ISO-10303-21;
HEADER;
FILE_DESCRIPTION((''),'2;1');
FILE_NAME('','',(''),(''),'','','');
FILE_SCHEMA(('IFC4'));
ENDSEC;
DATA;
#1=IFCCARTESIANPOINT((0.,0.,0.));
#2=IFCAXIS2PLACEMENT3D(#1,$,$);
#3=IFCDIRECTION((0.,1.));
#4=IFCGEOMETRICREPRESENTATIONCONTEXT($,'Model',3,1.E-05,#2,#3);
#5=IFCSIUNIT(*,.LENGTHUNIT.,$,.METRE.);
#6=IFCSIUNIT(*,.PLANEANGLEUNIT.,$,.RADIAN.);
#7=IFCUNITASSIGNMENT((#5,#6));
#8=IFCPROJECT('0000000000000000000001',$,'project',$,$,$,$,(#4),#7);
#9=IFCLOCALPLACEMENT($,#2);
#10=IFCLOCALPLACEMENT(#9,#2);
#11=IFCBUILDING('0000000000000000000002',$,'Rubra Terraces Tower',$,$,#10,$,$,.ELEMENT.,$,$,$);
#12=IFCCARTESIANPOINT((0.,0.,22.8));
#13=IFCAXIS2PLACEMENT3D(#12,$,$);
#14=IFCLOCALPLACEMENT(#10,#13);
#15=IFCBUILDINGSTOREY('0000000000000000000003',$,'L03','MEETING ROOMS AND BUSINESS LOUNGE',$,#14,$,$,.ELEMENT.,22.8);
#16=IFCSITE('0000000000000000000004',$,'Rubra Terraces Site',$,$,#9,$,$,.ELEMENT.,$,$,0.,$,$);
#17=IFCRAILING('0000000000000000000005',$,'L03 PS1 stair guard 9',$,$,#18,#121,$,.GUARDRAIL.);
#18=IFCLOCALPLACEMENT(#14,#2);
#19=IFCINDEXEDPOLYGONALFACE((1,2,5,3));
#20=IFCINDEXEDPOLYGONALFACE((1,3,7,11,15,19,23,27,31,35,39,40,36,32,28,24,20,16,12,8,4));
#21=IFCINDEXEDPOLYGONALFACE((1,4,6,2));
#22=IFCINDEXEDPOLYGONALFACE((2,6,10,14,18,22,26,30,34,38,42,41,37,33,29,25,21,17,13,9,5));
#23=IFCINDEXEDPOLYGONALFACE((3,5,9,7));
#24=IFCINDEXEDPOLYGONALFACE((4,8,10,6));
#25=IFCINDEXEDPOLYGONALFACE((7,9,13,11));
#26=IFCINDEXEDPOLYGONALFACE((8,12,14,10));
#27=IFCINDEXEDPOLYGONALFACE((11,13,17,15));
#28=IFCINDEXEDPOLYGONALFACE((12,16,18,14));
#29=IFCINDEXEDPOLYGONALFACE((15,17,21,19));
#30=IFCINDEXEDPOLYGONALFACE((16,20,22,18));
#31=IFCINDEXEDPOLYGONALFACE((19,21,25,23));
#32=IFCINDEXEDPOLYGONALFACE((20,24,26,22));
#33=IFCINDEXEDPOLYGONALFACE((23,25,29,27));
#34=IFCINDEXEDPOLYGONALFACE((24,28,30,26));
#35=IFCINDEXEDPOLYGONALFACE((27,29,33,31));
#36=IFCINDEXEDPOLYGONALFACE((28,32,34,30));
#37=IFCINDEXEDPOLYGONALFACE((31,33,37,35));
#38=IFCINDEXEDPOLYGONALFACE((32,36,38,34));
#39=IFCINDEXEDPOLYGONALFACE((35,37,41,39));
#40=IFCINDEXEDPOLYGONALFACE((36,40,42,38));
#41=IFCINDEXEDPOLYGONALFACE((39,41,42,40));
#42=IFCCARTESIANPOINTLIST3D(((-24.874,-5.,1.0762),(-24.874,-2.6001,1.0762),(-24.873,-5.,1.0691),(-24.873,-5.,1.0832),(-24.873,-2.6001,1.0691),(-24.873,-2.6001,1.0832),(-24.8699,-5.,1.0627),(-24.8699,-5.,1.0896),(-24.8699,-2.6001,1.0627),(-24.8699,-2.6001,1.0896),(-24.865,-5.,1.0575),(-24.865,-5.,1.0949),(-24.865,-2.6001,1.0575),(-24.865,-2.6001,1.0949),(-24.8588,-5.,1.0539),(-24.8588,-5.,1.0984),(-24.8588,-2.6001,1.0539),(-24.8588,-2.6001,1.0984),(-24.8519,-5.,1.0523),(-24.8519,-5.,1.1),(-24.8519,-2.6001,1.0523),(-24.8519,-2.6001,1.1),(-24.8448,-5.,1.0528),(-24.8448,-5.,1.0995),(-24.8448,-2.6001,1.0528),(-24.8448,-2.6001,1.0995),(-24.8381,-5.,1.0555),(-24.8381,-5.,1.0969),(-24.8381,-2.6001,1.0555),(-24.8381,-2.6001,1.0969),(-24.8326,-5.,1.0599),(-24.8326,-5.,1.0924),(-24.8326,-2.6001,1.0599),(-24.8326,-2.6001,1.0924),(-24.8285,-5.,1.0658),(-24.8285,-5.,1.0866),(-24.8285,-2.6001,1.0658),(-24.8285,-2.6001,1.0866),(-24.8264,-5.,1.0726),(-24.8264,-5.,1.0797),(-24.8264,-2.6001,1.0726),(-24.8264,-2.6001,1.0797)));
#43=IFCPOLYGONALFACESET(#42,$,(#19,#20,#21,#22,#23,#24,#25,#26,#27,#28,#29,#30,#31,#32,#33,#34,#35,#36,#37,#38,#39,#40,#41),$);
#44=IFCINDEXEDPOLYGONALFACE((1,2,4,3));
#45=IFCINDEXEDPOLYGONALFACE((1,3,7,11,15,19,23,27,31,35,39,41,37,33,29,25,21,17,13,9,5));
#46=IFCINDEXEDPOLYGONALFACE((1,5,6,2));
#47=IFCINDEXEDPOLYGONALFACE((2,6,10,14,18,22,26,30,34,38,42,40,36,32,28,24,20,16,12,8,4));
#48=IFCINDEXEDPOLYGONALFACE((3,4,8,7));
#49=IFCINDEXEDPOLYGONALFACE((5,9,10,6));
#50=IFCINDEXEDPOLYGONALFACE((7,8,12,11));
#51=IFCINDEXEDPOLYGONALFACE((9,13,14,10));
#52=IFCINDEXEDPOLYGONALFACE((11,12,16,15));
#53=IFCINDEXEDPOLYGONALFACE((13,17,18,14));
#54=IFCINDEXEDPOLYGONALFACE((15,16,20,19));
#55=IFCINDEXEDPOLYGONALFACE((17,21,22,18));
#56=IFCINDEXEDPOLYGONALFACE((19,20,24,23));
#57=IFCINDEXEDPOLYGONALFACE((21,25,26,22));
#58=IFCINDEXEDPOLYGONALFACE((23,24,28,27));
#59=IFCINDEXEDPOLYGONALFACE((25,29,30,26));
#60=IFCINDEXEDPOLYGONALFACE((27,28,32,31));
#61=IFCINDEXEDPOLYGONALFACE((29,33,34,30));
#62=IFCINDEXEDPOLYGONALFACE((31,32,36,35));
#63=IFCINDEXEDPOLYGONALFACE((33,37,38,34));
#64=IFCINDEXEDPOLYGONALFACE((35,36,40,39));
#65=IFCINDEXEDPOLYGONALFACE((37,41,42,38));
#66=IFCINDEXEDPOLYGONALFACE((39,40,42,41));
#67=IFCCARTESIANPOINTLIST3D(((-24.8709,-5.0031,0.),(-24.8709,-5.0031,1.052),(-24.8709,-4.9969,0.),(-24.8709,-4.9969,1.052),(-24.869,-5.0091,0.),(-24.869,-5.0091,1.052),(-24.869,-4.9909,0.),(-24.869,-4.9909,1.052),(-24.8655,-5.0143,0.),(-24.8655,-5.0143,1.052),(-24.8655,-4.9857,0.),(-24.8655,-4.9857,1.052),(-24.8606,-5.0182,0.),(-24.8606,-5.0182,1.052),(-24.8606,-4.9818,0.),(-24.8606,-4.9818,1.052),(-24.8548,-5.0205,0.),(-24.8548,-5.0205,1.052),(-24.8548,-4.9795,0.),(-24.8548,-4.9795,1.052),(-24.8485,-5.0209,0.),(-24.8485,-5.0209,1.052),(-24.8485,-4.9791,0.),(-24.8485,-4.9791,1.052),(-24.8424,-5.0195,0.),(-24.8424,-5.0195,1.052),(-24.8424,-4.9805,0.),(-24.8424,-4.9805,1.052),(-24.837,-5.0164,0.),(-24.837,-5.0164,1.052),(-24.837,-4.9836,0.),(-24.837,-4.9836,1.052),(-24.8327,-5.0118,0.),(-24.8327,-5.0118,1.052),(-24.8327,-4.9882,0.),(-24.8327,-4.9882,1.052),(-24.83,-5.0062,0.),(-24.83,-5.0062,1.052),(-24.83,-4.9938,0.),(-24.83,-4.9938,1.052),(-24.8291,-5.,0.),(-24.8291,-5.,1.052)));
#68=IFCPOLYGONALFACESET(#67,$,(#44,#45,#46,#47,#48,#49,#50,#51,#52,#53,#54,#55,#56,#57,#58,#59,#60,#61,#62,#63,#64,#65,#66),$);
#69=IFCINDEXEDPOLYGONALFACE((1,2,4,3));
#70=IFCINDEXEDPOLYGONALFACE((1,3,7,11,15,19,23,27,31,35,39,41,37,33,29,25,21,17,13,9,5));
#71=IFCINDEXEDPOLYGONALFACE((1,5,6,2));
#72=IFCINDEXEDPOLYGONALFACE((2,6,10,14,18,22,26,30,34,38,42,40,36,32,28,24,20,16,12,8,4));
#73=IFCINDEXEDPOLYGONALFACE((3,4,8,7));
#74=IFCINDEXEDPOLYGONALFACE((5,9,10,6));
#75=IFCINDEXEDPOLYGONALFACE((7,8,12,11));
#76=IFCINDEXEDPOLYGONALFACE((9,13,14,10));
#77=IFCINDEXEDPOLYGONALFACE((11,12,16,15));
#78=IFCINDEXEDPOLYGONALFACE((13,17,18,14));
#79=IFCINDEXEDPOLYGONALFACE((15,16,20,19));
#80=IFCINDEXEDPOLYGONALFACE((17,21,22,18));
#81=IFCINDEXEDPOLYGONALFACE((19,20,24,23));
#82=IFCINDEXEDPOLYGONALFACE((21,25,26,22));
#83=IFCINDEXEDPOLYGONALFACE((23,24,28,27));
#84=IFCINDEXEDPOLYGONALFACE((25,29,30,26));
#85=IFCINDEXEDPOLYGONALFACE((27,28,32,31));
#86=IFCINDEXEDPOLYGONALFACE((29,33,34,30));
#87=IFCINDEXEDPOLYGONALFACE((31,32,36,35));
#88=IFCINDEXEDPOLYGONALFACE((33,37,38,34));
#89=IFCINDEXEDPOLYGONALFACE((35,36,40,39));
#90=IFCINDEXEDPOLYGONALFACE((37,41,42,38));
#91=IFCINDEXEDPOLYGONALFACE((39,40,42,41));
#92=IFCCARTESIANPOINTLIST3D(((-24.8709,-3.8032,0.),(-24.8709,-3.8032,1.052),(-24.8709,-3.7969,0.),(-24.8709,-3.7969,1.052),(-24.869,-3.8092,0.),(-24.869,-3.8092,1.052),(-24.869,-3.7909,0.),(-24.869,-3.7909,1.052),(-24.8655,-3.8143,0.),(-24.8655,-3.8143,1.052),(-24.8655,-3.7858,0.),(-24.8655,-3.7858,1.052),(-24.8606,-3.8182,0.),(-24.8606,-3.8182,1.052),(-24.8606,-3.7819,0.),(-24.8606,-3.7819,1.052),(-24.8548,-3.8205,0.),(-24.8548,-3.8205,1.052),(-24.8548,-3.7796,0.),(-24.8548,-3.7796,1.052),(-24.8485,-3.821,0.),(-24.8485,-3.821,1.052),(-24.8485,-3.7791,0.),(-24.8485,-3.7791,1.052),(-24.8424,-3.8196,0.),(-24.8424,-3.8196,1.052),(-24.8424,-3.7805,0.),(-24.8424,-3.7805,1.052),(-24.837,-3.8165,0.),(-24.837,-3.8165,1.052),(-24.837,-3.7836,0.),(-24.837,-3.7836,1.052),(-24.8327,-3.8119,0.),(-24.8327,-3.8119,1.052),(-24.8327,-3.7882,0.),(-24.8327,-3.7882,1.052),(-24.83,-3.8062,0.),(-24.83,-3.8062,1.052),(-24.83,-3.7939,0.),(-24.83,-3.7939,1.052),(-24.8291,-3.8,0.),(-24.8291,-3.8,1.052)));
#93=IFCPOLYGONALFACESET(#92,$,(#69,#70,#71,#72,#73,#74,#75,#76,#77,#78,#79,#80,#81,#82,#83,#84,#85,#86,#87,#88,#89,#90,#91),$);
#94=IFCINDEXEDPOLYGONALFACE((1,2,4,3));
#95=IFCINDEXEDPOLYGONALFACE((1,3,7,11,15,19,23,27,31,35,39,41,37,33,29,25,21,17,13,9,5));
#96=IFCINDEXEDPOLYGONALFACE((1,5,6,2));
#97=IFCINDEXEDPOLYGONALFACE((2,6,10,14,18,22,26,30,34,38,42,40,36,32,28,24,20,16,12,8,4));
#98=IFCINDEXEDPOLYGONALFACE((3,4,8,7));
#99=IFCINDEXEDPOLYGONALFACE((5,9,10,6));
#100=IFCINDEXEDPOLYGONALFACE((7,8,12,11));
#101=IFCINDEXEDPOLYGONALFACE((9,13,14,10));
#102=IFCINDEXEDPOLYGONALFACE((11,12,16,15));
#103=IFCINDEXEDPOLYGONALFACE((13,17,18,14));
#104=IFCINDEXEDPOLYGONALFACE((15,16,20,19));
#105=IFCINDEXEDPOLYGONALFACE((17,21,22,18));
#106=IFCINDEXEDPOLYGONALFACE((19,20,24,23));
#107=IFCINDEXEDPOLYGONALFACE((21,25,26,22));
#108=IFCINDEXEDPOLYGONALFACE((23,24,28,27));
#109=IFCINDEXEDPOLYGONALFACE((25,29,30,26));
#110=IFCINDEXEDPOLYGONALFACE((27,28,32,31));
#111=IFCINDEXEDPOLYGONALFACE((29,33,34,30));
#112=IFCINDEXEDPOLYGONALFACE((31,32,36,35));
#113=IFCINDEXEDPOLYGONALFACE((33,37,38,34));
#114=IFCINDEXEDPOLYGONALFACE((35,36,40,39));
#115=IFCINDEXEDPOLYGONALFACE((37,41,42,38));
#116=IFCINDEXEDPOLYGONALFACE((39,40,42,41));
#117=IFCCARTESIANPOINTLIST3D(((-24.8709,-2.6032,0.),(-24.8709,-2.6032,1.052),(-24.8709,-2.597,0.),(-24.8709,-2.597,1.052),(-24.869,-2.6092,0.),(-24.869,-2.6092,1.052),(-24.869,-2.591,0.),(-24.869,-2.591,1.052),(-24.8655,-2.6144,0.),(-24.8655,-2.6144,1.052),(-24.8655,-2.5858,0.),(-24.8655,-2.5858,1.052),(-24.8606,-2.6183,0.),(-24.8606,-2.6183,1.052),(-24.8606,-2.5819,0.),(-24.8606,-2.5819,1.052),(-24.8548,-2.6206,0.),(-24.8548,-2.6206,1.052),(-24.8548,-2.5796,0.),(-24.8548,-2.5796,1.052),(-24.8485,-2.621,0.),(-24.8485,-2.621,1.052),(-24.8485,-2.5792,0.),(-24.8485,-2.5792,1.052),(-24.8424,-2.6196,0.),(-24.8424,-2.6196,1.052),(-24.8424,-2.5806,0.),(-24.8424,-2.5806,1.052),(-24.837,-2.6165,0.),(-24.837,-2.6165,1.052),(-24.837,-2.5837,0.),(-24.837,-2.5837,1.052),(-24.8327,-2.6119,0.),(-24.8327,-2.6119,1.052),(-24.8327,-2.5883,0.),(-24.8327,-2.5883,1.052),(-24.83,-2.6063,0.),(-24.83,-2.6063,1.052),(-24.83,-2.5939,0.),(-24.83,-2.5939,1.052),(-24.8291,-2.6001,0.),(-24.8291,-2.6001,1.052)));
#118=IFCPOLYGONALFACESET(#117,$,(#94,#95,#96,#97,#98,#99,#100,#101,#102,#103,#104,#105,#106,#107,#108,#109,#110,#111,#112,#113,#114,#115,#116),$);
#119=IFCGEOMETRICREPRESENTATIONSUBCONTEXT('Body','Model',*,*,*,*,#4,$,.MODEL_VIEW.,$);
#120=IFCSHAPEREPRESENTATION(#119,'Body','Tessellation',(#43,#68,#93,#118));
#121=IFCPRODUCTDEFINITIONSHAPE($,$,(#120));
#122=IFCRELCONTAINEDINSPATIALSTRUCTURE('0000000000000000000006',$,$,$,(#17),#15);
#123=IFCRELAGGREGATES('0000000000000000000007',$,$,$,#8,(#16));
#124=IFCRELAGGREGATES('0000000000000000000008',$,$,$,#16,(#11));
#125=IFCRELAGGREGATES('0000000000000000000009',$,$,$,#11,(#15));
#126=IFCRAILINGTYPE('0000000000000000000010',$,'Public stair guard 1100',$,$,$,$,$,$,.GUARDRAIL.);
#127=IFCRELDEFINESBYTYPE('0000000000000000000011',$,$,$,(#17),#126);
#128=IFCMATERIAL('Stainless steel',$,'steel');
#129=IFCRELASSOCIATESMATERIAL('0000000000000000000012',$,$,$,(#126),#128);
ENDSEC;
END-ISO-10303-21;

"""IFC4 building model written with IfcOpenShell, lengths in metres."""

from ifc_helpers import new_model, si_unit, direction, frame, origin, origin_2d, place, context, subcontext, project, spatial, circle, extrude, material, type_object, element, save


model = new_model("IFC4")

# Units and contexts
model_context = context("Model", 3, precision=1e-05, world=origin(), true_north=direction((0.0, 1.0)))
body_context = subcontext(model_context, "Body", "Model", "MODEL_VIEW")
ifc_project = project(units=[si_unit("LENGTHUNIT", "METRE"), si_unit("PLANEANGLEUNIT", "RADIAN")], contexts=[model_context])

# Site, building, storey
site_placement = place(None, origin())
site = spatial("IfcSite", under=ifc_project, at=site_placement, Name="Rubra Terraces Site", CompositionType="ELEMENT", RefElevation=0.0)
building_placement = place(site_placement, origin())
building = spatial("IfcBuilding", under=site, at=building_placement, Name="Rubra Terraces Tower", CompositionType="ELEMENT")
storey_placement = place(building_placement, frame((0.0, 0.0, 22.8)))
storey = spatial("IfcBuildingStorey", under=building, at=storey_placement, Name="L03", Description="MEETING ROOMS AND BUSINESS LOUNGE", CompositionType="ELEMENT", Elevation=22.8)

# Railing
ifc_material_1 = material(Name="Stainless steel", Category="steel")
railing_type = type_object("IfcRailingType", Name="Public stair guard 1100", PredefinedType="GUARDRAIL", material=ifc_material_1)
railing_placement = place(storey_placement, frame((-24.8501, -5.0, 0.0)))
element("IfcRailing", 1, at=railing_placement, inside=storey, type_object=railing_type, Name="L03 PS1 stair guard 9", PredefinedType="GUARDRAIL", context=body_context, shape_type="SweptSolid", body=[
    extrude(circle(Radius=0.0239, at=origin_2d()), frame((0.0, 0.0, 1.0762), z_axis=(0.0, 1.0, 0.0), x_axis=(-1.0, 0.0, 0.0)), (0.0, 0.0, 1.0), 2.3999),
    extrude(circle(Radius=0.021, at=origin_2d()), origin(), (0.0, 0.0, 1.0), 1.052),
    extrude(circle(Radius=0.021, at=origin_2d()), frame((0.0, 1.2, 0.0)), (0.0, 0.0, 1.0), 1.052),
    extrude(circle(Radius=0.021, at=origin_2d()), frame((0.0, 2.3999, 0.0)), (0.0, 0.0, 1.0), 1.052),
])

save(model, "model.ifc")
